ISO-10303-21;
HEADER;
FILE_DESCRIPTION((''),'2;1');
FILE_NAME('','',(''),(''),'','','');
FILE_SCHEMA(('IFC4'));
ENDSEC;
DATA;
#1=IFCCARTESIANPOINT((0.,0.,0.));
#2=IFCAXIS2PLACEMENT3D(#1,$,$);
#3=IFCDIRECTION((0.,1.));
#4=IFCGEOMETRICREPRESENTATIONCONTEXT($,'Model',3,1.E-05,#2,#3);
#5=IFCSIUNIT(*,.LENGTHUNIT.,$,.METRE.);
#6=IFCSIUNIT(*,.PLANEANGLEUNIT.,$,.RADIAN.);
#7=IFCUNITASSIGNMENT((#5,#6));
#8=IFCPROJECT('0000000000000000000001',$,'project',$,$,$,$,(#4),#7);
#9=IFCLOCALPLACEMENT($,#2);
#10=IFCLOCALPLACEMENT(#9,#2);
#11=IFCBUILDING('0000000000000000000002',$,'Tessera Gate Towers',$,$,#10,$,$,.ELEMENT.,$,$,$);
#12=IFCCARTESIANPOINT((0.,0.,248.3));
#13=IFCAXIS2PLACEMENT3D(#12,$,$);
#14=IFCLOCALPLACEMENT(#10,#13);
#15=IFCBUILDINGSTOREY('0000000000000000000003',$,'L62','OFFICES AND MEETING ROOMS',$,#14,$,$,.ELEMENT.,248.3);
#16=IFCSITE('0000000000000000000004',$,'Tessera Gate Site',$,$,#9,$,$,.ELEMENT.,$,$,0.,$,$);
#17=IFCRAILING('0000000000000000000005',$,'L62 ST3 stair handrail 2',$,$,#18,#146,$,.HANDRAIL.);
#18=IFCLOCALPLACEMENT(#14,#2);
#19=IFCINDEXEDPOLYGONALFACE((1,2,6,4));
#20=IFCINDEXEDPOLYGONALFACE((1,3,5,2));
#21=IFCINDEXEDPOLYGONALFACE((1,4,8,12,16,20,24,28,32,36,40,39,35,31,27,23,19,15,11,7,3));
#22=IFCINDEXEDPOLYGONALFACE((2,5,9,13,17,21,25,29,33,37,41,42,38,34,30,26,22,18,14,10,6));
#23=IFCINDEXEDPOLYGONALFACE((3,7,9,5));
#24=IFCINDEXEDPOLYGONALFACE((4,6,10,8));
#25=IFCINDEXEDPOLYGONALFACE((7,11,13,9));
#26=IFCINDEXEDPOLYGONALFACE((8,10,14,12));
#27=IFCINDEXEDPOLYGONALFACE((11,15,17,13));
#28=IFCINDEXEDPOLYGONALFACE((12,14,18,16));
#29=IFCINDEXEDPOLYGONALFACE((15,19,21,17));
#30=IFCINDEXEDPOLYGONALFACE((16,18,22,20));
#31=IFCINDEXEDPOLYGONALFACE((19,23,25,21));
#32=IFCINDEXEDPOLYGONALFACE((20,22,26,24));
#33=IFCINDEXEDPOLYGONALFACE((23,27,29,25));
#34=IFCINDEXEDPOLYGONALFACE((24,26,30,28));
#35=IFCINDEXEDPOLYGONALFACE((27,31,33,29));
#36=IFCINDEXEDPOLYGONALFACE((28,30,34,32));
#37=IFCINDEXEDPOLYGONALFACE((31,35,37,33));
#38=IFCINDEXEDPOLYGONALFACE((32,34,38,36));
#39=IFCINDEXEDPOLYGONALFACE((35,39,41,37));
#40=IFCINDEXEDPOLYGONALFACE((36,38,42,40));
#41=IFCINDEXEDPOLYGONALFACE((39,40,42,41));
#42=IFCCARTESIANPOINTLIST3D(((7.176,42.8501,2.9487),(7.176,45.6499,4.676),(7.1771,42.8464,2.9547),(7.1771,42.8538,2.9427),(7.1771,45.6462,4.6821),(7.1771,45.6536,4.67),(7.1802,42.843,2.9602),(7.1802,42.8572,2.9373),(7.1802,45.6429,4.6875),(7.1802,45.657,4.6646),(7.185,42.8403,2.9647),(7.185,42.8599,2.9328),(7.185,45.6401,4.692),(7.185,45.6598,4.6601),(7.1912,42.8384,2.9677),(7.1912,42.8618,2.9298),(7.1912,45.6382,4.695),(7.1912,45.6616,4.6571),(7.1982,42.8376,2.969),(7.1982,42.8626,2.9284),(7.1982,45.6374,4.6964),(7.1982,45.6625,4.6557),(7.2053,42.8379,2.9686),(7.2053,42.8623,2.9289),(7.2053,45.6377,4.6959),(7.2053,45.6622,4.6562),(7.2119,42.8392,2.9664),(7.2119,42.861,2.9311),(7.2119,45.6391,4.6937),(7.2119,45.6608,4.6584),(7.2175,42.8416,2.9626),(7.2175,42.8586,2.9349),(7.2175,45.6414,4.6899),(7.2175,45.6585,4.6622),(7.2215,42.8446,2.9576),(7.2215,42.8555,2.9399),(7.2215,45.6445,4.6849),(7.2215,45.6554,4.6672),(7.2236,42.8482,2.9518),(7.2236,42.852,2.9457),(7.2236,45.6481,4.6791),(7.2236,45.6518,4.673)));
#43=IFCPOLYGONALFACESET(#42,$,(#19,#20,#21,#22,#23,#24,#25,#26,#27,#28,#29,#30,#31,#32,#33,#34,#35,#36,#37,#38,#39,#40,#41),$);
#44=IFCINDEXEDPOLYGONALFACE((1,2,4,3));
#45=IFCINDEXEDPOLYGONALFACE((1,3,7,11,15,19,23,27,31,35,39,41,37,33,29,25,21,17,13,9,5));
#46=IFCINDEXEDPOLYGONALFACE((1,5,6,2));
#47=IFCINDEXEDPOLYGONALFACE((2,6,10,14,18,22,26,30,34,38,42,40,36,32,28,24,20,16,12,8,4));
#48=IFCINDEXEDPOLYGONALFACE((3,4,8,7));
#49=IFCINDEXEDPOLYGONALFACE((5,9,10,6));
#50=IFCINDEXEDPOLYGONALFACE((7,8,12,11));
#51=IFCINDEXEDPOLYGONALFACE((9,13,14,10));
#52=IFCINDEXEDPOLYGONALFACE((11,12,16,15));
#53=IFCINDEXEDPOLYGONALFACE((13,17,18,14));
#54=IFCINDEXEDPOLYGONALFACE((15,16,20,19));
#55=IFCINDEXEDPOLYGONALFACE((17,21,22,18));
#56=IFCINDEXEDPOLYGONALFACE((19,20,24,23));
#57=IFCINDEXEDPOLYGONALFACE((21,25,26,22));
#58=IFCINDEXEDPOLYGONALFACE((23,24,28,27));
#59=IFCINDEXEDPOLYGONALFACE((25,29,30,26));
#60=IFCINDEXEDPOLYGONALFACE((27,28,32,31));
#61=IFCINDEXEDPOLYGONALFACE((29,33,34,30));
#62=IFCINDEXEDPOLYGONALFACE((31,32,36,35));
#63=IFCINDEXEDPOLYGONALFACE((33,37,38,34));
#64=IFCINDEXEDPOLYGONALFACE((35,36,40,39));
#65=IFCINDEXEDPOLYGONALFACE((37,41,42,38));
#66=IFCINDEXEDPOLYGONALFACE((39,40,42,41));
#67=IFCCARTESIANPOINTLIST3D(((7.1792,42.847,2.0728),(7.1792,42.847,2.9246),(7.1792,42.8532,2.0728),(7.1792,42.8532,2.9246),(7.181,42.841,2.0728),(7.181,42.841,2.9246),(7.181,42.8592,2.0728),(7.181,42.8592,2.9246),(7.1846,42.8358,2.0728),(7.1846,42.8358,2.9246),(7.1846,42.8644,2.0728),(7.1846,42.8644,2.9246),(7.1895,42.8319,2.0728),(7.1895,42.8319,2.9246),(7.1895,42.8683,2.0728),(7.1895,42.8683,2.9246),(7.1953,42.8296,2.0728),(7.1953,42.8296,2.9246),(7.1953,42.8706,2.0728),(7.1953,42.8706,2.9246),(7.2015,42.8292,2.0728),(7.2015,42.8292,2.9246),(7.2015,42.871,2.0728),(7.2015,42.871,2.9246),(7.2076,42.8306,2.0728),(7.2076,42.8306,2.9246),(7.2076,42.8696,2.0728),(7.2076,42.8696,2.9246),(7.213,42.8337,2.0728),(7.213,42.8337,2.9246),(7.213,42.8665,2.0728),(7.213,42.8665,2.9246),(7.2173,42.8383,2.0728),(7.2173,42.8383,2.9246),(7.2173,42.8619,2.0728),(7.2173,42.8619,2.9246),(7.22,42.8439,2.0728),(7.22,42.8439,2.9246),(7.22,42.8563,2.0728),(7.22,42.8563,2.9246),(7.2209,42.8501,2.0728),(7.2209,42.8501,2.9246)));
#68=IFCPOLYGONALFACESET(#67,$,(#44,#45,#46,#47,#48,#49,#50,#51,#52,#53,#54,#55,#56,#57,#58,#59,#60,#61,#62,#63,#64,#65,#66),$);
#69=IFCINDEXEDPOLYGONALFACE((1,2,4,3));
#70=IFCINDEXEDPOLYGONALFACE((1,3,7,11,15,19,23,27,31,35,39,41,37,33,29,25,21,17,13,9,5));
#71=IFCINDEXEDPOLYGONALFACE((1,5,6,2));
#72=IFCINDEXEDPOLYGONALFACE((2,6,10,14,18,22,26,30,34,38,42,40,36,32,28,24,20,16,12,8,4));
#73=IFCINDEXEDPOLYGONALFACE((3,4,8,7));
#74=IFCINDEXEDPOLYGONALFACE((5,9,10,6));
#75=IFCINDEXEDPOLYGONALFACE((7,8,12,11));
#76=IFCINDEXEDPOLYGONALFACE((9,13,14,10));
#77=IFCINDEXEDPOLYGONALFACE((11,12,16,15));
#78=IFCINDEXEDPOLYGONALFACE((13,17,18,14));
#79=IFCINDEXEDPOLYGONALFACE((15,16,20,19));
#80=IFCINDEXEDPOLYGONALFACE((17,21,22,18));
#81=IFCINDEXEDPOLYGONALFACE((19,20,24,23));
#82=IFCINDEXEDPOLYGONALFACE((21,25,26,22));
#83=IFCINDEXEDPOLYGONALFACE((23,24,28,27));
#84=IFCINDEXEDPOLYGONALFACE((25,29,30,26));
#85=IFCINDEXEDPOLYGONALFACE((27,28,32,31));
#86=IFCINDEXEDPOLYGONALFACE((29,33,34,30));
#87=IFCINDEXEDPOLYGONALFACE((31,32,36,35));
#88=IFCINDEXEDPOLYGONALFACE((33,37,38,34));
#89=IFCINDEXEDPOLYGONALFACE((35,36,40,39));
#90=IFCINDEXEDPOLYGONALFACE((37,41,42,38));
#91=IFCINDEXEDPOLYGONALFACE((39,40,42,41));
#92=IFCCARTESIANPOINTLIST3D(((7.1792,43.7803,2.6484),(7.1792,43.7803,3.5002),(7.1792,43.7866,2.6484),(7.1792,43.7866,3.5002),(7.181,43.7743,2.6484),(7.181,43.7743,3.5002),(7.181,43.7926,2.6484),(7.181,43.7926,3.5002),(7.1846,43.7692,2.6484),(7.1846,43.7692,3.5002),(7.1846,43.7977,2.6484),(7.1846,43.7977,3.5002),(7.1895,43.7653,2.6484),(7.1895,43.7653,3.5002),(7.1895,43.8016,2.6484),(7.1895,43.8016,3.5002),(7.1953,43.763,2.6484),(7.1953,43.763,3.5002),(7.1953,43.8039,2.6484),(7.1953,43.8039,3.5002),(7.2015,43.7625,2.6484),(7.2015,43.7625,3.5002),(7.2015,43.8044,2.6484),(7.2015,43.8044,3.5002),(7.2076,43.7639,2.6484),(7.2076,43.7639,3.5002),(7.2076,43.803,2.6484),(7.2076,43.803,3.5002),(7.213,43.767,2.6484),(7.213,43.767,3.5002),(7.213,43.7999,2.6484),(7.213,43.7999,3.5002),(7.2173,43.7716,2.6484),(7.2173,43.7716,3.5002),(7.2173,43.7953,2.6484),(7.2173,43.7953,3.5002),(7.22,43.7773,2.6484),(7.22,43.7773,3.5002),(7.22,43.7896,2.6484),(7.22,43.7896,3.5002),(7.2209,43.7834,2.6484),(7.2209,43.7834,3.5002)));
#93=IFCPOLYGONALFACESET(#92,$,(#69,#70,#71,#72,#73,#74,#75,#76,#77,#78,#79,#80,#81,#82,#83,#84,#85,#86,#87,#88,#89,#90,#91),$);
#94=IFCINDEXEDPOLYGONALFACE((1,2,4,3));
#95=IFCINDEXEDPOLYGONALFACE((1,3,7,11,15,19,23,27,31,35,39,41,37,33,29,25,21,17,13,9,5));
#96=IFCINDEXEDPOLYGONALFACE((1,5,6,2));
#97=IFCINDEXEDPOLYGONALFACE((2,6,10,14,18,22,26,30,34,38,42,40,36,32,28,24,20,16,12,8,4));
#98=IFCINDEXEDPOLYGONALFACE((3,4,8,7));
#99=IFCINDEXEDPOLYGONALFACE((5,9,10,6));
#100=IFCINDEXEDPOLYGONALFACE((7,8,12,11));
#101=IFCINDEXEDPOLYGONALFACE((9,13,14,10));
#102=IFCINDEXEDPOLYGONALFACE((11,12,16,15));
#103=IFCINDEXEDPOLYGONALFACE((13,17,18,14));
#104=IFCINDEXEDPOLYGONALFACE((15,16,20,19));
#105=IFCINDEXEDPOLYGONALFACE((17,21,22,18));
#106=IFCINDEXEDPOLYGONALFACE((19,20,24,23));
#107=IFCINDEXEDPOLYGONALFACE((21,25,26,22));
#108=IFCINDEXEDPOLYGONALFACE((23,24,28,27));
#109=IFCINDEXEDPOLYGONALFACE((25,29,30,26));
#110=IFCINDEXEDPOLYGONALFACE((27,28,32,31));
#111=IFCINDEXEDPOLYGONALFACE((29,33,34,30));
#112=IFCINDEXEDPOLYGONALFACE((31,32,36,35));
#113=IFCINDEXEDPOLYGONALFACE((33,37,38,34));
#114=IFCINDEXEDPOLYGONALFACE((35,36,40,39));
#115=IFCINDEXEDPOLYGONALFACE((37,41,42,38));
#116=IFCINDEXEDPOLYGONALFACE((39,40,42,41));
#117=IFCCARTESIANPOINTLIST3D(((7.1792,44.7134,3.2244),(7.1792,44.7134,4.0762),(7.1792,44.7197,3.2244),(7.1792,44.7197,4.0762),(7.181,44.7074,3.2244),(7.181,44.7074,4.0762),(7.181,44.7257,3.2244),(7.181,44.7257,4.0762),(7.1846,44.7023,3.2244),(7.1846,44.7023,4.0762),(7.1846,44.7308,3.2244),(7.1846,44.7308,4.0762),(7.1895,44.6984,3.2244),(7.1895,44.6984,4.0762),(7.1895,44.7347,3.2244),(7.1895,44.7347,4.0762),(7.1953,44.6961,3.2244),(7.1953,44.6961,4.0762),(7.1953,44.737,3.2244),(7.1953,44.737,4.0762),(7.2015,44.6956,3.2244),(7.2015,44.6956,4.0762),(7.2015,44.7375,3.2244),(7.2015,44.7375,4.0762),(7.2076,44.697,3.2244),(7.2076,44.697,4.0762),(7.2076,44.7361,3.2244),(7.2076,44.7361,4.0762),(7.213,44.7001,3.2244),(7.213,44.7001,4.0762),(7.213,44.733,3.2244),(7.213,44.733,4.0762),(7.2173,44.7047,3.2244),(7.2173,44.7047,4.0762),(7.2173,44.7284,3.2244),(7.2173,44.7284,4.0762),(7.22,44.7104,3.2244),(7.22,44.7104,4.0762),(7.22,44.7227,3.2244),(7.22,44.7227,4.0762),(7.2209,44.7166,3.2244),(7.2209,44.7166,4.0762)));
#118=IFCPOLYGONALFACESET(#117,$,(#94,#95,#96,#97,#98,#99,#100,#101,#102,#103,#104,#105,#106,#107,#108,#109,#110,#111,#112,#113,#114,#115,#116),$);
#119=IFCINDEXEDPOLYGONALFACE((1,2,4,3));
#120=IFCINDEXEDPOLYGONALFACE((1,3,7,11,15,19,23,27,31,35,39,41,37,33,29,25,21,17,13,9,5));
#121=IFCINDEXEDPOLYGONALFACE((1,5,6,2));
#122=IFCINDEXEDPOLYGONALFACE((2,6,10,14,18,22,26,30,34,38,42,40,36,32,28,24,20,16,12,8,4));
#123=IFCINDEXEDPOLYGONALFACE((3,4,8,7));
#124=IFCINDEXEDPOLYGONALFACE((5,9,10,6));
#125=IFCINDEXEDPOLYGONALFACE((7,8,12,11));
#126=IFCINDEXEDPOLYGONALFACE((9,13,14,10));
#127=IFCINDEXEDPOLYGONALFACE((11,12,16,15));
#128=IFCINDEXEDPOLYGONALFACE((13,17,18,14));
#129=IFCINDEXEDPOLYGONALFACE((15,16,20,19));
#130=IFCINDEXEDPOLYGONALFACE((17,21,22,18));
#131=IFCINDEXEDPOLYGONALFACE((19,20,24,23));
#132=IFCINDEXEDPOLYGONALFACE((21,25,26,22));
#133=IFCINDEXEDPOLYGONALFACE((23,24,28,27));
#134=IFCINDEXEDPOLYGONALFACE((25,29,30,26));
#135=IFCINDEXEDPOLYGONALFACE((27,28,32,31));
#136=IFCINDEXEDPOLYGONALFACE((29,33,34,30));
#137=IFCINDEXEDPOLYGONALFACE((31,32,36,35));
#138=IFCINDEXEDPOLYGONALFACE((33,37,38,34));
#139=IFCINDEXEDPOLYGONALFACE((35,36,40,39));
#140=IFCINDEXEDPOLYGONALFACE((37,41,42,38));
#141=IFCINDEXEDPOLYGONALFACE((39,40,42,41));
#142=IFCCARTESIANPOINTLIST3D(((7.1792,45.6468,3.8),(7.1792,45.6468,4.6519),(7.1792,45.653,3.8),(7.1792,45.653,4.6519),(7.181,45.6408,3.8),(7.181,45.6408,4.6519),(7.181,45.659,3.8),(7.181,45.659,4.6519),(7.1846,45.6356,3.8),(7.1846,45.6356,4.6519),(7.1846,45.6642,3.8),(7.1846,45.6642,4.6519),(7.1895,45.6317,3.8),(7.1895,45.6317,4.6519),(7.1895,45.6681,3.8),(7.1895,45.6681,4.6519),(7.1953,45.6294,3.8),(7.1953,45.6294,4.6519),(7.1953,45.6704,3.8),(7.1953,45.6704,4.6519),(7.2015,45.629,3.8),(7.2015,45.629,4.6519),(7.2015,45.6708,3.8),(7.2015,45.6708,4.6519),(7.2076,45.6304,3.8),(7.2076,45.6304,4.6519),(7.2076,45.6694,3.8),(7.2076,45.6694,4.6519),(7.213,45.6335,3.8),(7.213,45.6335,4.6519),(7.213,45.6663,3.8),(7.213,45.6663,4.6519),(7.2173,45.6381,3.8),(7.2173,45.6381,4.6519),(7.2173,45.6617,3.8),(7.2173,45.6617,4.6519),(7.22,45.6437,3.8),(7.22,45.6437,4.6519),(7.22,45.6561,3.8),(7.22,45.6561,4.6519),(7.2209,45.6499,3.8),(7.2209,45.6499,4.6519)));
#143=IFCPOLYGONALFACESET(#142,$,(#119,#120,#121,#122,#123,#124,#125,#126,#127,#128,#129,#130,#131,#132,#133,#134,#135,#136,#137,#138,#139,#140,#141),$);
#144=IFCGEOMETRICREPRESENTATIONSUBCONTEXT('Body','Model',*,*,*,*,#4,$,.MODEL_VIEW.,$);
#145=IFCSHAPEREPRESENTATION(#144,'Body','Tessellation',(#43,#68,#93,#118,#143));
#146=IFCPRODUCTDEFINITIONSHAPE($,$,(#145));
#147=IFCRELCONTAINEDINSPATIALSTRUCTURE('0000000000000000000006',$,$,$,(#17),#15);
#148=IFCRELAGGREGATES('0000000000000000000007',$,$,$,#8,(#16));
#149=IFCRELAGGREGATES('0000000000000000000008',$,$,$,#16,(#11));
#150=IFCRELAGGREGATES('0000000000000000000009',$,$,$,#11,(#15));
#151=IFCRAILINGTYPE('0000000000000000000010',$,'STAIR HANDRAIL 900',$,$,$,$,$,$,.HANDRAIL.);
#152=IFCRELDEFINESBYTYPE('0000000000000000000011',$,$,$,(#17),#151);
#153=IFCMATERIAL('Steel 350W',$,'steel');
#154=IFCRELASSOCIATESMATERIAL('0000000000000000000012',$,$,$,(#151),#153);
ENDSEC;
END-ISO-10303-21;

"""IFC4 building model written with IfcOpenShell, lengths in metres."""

from ifc_helpers import new_model, si_unit, direction, frame, origin, origin_2d, place, context, subcontext, project, spatial, circle, extrude, material, type_object, element, save


model = new_model("IFC4")

# Units and contexts
model_context = context("Model", 3, precision=1e-05, world=origin(), true_north=direction((0.0, 1.0)))
body_context = subcontext(model_context, "Body", "Model", "MODEL_VIEW")
ifc_project = project(units=[si_unit("LENGTHUNIT", "METRE"), si_unit("PLANEANGLEUNIT", "RADIAN")], contexts=[model_context])

# Site, building, storey
site_placement = place(None, origin())
site = spatial("IfcSite", under=ifc_project, at=site_placement, Name="Tessera Gate Site", CompositionType="ELEMENT", RefElevation=0.0)
building_placement = place(site_placement, origin())
building = spatial("IfcBuilding", under=site, at=building_placement, Name="Tessera Gate Towers", CompositionType="ELEMENT")
storey_placement = place(building_placement, frame((0.0, 0.0, 248.3)))
storey = spatial("IfcBuildingStorey", under=building, at=storey_placement, Name="L62", Description="OFFICES AND MEETING ROOMS", CompositionType="ELEMENT", Elevation=248.3)

# Railing
ifc_material_1 = material(Name="Steel 350W", Category="steel")
railing_type_1 = type_object("IfcRailingType", Name="STAIR HANDRAIL 900", PredefinedType="HANDRAIL", material=ifc_material_1)
railing_1_placement = place(storey_placement, frame((7.2, 42.8501, 2.0728)))
element("IfcRailing", 1, at=railing_1_placement, inside=storey, type_object=railing_type_1, Name="L62 ST3 stair handrail 2", PredefinedType="HANDRAIL", context=body_context, shape_type="SweptSolid", body=[
    extrude(circle(Radius=0.0239, at=origin_2d()), frame((0.0, 0.0, 0.876), z_axis=(0.0, 0.851069, 0.525054), x_axis=(-1.0, 0.0, 0.0)), (0.0, 0.0, 1.0), 3.2898),
    extrude(circle(Radius=0.021, at=origin_2d()), origin(), (0.0, 0.0, 1.0), 0.8518),
    extrude(circle(Radius=0.021, at=origin_2d()), frame((0.0, 0.9333, 0.5757)), (0.0, 0.0, 1.0), 0.8518),
    extrude(circle(Radius=0.021, at=origin_2d()), frame((0.0, 1.8665, 1.1516)), (0.0, 0.0, 1.0), 0.8518),
    extrude(circle(Radius=0.021, at=origin_2d()), frame((0.0, 2.7998, 1.7273)), (0.0, 0.0, 1.0), 0.8518),
])

save(model, "model.ifc")
